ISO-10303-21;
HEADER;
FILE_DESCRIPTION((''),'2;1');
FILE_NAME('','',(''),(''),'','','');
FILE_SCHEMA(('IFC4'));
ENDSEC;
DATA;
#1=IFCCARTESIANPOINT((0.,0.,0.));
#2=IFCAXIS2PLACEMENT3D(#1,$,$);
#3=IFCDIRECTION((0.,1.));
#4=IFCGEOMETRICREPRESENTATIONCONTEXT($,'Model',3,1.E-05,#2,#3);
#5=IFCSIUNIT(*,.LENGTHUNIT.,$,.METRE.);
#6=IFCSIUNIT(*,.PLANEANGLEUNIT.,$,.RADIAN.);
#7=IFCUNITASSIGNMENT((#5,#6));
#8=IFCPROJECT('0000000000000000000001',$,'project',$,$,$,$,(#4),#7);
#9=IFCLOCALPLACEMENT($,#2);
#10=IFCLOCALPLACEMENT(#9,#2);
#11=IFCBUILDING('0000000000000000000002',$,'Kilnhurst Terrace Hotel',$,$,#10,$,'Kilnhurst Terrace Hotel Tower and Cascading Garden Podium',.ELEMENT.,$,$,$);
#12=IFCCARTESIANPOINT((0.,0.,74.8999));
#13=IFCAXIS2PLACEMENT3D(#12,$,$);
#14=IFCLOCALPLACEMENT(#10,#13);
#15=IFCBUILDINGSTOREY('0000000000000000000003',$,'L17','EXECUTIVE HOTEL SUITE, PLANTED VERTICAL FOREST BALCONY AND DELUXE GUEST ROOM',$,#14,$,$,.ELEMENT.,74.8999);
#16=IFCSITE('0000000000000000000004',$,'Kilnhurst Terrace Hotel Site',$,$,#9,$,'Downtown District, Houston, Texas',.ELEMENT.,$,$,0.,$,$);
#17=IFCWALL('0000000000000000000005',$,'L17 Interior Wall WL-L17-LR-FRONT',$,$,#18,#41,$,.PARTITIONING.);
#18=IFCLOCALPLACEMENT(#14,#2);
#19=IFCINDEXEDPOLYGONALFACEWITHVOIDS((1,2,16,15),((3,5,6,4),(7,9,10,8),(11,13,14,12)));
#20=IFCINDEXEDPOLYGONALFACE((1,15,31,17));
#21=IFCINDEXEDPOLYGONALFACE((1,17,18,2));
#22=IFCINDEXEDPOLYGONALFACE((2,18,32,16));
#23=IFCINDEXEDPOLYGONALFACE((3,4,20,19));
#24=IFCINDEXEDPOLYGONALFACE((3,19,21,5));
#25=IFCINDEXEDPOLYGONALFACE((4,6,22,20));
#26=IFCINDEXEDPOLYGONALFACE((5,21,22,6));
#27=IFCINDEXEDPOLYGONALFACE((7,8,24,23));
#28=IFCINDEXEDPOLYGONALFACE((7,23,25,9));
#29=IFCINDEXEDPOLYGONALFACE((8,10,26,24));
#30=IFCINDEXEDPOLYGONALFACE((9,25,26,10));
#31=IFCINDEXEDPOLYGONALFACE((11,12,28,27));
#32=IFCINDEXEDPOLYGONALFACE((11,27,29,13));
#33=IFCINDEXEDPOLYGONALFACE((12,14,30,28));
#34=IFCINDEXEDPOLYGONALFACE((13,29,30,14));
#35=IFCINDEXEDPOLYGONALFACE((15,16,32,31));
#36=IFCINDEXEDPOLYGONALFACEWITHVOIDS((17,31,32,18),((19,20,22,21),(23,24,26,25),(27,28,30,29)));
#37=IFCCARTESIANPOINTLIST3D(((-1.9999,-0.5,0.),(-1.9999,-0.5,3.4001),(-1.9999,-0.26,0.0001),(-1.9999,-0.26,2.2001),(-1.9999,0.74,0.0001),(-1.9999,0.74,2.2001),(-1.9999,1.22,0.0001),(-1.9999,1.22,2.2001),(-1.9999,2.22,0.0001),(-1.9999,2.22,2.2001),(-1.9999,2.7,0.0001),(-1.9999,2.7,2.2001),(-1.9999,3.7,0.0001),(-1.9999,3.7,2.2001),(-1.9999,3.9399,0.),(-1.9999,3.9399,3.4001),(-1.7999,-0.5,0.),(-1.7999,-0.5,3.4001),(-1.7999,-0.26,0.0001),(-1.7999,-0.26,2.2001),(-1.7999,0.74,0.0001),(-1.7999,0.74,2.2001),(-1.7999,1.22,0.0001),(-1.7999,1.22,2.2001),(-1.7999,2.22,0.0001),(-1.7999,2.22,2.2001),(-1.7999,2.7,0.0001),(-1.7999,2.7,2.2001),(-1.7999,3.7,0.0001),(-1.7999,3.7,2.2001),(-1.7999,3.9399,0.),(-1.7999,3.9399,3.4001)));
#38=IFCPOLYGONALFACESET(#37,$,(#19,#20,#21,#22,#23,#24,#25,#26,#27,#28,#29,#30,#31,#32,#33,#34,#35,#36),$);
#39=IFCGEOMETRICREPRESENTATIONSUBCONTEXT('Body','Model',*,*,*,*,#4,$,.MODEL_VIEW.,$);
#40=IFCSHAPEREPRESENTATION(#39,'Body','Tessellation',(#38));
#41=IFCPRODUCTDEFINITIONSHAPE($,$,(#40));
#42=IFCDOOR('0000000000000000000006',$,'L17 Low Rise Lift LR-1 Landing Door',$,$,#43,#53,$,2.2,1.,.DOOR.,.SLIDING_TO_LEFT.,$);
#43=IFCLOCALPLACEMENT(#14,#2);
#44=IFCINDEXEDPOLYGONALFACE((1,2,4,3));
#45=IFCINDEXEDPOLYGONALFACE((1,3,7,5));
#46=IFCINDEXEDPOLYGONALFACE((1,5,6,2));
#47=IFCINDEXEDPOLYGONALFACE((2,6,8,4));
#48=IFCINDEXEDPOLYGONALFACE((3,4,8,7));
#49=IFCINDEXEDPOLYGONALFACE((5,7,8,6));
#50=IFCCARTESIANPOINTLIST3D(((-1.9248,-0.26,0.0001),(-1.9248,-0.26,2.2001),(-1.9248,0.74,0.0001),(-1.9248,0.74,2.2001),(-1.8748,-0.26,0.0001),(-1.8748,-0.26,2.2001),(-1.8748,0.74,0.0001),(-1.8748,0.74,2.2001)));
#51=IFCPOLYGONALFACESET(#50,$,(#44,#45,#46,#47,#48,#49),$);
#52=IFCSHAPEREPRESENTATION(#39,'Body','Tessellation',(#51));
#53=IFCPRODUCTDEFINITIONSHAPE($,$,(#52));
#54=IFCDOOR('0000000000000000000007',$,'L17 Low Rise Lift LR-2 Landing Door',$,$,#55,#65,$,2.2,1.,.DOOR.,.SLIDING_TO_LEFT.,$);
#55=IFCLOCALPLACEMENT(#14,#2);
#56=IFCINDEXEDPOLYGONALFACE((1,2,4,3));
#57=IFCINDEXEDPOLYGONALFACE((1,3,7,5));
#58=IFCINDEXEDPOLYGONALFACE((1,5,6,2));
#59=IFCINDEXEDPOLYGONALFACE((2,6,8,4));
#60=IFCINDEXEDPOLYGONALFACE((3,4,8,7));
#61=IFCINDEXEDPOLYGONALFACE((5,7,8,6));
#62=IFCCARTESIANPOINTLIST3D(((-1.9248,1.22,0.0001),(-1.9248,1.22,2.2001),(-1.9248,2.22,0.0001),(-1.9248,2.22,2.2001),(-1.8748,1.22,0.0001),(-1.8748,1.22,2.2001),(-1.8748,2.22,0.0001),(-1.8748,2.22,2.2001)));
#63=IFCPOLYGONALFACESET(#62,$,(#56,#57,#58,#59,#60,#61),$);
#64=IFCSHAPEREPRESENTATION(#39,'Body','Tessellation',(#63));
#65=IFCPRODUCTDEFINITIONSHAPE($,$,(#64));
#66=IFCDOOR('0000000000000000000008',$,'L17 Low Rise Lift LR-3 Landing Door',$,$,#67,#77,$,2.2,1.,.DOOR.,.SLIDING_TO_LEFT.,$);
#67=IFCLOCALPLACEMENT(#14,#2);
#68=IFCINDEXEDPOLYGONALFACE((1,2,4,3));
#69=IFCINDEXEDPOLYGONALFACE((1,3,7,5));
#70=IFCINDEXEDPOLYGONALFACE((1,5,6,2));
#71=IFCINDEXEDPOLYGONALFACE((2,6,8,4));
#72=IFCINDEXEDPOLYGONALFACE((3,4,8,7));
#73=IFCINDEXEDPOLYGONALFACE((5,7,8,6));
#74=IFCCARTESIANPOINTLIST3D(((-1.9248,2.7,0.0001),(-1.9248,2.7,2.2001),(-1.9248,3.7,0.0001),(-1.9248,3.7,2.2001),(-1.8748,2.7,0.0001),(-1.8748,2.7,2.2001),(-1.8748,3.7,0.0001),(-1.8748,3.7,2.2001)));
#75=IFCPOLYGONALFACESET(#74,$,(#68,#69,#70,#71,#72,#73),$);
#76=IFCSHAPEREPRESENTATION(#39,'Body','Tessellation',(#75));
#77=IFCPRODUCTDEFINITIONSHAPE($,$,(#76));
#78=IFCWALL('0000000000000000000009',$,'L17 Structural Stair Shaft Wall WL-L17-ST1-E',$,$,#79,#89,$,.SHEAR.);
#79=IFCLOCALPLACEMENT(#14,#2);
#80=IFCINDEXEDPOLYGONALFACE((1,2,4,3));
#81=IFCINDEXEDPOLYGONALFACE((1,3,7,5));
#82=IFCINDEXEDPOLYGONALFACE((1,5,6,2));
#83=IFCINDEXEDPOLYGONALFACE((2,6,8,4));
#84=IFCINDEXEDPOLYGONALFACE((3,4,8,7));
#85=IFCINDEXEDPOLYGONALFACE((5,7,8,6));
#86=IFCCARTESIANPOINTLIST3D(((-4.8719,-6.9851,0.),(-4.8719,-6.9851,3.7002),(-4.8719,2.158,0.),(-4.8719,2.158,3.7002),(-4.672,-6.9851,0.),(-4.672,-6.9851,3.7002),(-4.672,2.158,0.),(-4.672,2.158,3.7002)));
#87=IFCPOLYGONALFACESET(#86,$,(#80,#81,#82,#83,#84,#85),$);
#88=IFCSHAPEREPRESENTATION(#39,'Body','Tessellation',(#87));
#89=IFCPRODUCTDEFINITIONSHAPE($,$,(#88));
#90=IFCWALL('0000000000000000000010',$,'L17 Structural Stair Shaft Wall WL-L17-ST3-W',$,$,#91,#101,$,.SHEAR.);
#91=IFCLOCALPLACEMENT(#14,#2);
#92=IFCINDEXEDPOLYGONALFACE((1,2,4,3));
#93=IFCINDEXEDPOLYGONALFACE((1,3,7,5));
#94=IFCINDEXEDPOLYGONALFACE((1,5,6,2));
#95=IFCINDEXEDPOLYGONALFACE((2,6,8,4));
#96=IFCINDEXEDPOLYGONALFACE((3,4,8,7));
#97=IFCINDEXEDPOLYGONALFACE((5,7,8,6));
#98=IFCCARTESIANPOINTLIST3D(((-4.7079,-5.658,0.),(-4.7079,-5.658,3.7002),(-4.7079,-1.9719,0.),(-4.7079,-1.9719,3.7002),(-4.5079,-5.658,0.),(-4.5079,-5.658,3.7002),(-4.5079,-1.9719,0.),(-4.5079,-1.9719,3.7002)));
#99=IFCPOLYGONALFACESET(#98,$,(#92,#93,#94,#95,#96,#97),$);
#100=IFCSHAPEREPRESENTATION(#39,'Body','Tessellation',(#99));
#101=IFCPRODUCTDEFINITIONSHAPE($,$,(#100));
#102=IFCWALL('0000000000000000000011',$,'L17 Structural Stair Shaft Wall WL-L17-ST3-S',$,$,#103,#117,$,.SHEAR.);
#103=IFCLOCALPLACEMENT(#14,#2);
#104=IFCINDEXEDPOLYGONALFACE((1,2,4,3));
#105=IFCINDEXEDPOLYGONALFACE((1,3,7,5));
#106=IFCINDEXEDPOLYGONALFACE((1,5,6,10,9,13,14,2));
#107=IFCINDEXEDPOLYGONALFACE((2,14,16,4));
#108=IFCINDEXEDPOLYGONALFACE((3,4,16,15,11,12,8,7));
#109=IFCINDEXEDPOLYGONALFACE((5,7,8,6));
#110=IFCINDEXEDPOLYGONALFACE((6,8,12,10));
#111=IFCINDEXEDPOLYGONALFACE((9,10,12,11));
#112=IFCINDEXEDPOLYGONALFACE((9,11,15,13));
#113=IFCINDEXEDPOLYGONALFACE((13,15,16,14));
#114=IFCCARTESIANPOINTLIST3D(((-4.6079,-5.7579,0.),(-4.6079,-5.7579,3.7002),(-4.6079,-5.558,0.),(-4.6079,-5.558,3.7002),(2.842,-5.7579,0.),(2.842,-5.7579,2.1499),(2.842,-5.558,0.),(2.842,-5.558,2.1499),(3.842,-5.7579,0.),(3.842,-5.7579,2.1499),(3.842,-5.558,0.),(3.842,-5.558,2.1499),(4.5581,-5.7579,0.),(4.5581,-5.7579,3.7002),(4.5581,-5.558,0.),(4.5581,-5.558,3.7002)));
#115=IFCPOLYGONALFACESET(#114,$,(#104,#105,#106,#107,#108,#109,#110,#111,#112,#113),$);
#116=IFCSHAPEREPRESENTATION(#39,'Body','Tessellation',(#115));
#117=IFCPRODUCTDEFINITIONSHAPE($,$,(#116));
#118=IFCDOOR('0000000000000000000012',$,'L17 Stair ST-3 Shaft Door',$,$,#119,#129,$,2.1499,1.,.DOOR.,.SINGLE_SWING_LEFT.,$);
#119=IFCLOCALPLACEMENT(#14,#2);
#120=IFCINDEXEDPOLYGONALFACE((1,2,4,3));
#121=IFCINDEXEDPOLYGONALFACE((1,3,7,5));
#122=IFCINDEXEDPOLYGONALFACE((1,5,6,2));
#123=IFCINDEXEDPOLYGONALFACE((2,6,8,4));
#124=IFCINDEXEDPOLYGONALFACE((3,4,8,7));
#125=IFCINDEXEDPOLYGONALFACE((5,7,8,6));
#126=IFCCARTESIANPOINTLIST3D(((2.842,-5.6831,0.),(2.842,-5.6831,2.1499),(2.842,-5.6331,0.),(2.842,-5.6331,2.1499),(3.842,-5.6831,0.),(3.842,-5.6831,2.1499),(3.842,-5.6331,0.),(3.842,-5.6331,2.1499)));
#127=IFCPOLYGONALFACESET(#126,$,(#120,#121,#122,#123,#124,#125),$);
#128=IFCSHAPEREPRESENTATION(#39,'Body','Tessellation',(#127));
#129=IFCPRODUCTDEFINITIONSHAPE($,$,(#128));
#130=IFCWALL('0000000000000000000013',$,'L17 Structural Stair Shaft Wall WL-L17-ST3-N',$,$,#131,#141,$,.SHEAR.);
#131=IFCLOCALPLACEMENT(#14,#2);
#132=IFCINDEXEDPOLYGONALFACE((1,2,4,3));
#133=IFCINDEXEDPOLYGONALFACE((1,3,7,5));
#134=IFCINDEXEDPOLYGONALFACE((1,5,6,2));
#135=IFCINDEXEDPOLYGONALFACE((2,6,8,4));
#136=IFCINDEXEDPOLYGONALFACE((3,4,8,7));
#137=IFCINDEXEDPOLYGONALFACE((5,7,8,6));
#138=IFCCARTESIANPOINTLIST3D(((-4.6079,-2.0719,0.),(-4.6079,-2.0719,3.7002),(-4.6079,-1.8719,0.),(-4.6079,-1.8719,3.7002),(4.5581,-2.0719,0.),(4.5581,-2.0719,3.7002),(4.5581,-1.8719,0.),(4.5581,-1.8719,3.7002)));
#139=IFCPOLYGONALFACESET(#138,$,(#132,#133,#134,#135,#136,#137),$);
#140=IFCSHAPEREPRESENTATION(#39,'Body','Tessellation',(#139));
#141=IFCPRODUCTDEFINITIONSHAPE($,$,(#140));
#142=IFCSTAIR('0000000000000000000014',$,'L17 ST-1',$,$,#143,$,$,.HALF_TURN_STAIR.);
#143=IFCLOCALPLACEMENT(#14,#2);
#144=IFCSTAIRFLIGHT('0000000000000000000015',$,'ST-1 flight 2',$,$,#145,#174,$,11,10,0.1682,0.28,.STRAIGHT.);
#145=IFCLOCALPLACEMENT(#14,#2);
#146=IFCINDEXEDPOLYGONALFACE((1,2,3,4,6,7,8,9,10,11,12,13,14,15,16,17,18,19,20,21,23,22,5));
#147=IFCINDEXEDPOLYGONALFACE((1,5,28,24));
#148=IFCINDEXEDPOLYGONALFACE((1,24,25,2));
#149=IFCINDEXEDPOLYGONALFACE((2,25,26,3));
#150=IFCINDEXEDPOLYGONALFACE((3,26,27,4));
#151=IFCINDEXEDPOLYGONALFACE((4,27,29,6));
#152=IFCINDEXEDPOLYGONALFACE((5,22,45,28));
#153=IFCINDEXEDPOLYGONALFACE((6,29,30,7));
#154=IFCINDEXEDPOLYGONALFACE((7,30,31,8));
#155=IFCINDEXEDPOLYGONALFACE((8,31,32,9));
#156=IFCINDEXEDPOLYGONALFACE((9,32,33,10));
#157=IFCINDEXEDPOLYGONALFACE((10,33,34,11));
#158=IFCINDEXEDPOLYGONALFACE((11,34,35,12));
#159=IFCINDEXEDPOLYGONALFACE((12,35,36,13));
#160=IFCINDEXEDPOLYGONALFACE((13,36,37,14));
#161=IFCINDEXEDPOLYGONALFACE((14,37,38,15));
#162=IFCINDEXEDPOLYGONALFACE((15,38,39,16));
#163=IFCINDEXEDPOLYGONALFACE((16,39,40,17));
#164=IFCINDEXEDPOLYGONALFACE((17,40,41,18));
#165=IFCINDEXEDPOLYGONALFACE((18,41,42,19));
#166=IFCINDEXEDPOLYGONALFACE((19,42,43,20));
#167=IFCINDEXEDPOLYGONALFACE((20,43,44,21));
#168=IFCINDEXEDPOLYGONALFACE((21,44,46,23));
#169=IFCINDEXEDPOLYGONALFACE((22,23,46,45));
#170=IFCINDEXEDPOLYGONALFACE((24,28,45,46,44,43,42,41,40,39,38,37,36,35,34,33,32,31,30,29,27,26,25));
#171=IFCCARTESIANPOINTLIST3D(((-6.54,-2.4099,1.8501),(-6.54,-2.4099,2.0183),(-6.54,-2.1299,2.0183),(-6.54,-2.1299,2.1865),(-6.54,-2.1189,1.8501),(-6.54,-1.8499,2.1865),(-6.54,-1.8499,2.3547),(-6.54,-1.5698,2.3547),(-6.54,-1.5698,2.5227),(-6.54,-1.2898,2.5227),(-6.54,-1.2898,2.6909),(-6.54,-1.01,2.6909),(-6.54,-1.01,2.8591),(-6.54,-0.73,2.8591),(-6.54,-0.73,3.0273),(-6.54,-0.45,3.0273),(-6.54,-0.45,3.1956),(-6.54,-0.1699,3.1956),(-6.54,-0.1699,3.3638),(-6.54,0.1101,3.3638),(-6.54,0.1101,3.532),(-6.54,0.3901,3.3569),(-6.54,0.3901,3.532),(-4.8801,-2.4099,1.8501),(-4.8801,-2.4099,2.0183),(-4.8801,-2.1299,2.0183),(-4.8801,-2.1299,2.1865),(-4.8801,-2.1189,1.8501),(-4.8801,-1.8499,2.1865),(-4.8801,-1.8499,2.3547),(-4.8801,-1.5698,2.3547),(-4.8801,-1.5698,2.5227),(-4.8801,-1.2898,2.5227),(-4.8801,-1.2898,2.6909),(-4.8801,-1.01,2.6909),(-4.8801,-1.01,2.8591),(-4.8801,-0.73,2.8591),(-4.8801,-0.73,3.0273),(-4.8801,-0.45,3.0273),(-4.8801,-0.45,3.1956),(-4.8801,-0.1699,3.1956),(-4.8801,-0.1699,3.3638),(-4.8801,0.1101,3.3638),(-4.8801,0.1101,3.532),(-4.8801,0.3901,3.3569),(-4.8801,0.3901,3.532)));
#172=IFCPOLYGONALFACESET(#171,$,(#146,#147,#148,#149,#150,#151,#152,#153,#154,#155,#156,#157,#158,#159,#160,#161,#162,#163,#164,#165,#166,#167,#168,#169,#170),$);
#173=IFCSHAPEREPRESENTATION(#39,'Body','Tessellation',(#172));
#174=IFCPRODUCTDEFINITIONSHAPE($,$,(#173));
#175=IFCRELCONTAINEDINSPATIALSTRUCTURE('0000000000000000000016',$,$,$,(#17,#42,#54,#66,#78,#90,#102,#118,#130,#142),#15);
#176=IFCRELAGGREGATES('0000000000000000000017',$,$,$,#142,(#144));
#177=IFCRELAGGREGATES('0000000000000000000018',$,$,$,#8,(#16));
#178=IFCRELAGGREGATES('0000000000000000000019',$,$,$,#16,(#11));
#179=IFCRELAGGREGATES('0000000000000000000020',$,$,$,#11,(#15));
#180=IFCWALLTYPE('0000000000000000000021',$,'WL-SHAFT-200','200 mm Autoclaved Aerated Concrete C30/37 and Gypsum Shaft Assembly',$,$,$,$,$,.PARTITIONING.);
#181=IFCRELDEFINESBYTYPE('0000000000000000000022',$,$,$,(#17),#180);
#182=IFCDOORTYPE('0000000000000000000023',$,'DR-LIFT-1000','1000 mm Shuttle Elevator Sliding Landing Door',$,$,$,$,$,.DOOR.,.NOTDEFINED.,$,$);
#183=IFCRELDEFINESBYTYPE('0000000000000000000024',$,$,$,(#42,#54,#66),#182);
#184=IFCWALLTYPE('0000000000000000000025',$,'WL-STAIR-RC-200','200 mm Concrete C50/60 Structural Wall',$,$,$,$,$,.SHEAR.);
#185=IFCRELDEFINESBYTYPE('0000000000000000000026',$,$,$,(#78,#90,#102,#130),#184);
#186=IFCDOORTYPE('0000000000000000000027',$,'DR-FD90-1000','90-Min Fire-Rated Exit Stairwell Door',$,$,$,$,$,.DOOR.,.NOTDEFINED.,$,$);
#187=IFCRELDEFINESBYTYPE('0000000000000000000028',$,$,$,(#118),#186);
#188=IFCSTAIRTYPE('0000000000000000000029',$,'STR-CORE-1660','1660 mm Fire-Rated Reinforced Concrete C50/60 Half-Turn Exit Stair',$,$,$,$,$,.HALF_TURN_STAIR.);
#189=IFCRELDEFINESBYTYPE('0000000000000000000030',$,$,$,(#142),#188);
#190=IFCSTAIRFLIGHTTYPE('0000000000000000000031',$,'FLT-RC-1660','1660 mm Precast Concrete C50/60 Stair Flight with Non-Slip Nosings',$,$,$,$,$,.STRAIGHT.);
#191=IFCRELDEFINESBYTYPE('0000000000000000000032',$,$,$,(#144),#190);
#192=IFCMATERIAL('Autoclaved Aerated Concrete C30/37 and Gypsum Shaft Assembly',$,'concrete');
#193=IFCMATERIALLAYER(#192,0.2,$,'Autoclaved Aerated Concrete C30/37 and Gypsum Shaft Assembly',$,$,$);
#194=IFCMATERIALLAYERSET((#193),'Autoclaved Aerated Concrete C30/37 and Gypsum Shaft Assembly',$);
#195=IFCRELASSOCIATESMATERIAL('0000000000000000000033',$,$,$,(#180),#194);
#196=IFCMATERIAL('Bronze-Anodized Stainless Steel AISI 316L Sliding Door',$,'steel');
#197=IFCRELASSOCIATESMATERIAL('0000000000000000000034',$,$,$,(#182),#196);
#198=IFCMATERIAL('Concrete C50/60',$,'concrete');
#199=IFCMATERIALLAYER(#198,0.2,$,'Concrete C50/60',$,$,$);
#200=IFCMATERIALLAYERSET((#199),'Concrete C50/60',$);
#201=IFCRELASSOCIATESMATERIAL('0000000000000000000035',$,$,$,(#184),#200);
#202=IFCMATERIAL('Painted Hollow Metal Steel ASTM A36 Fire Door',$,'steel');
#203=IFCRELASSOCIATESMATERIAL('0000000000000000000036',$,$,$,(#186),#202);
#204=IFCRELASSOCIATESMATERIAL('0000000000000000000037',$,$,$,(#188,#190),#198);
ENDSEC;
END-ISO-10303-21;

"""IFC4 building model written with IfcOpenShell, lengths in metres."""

from ifc_helpers import new_model, si_unit, direction, frame, frame_2d, origin, place, context, subcontext, project, spatial, polyline, rectangle, outline, extrude, material, layer, layer_set, type_object, element, fill, aggregate, save


model = new_model("IFC4")

# Units and contexts
model_context = context("Model", 3, precision=1e-05, world=origin(), true_north=direction((0.0, 1.0)))
body_context = subcontext(model_context, "Body", "Model", "MODEL_VIEW")
ifc_project = project(units=[si_unit("LENGTHUNIT", "METRE"), si_unit("PLANEANGLEUNIT", "RADIAN")], contexts=[model_context])

# Site, building, storey
site_placement = place(None, origin())
site = spatial("IfcSite", under=ifc_project, at=site_placement, Name="Kilnhurst Terrace Hotel Site", LongName="Downtown District, Houston, Texas", CompositionType="ELEMENT", RefElevation=0.0)
building_placement = place(site_placement, origin())
building = spatial("IfcBuilding", under=site, at=building_placement, Name="Kilnhurst Terrace Hotel", LongName="Kilnhurst Terrace Hotel Tower and Cascading Garden Podium", CompositionType="ELEMENT")
storey_placement = place(building_placement, frame((0.0, 0.0, 74.8999)))
storey = spatial("IfcBuildingStorey", under=building, at=storey_placement, Name="L17", Description="EXECUTIVE HOTEL SUITE, PLANTED VERTICAL FOREST BALCONY AND DELUXE GUEST ROOM", CompositionType="ELEMENT", Elevation=74.8999)

# Shared definitions
ifc_material_1 = material(Name="Concrete C50/60", Category="concrete")

# Shared definitions
ifc_material_2 = material(Name="Autoclaved Aerated Concrete C30/37 and Gypsum Shaft Assembly", Category="concrete")
ifc_layer_1 = layer(ifc_material_2, 0.2, Name="Autoclaved Aerated Concrete C30/37 and Gypsum Shaft Assembly")
ifc_layer_set_1 = layer_set([ifc_layer_1], Name="Autoclaved Aerated Concrete C30/37 and Gypsum Shaft Assembly")
wall_type_1 = type_object("IfcWallType", Name="WL-SHAFT-200", Description="200 mm Autoclaved Aerated Concrete C30/37 and Gypsum Shaft Assembly", PredefinedType="PARTITIONING", material=ifc_layer_set_1)
ifc_material_3 = material(Name="Bronze-Anodized Stainless Steel AISI 316L Sliding Door", Category="steel")
door_type_1 = type_object("IfcDoorType", Name="DR-LIFT-1000", Description="1000 mm Shuttle Elevator Sliding Landing Door", OperationType="NOTDEFINED", PredefinedType="DOOR", material=ifc_material_3)

# Wall, openings, doors
wall_1_placement = place(storey_placement, frame((-1.8999, -0.5, 0.0), z_axis=(0.0, 0.0, 1.0), x_axis=(0.0, 1.0, 0.0)))
wall_1 = element("IfcWall", 1, at=wall_1_placement, inside=storey, type_object=wall_type_1, Name="L17 Interior Wall WL-L17-LR-FRONT", PredefinedType="PARTITIONING", context=body_context, shape_type="SweptSolid", body=[
    extrude(rectangle(XDim=4.4399, YDim=0.2, at=frame_2d((2.22, 0.0))), origin(), (0.0, 0.0, 1.0), 3.4001),
])
opening_1_placement = place(wall_1_placement, frame((0.24, 0.0, 0.0)))
opening_1 = element("IfcOpeningElement", 2, at=opening_1_placement, cuts=wall_1, PredefinedType="OPENING", context=body_context, shape_type="SweptSolid", body=[
    extrude(rectangle(XDim=1.0, YDim=2.2, at=frame_2d((0.5, 1.1001))), frame((0.0, 0.1099, 0.0), z_axis=(0.0, -1.0, 0.0), x_axis=(1.0, 0.0, 0.0)), (0.0, 0.0, 1.0), 0.22),
])
opening_2_placement = place(wall_1_placement, frame((1.72, 0.0, 0.0)))
opening_2 = element("IfcOpeningElement", 3, at=opening_2_placement, cuts=wall_1, PredefinedType="OPENING", context=body_context, shape_type="SweptSolid", body=[
    extrude(rectangle(XDim=1.0, YDim=2.2, at=frame_2d((0.5, 1.1001))), frame((0.0, 0.1099, 0.0), z_axis=(0.0, -1.0, 0.0), x_axis=(1.0, 0.0, 0.0)), (0.0, 0.0, 1.0), 0.22),
])
opening_3_placement = place(wall_1_placement, frame((3.2, 0.0, 0.0)))
opening_3 = element("IfcOpeningElement", 4, at=opening_3_placement, cuts=wall_1, PredefinedType="OPENING", context=body_context, shape_type="SweptSolid", body=[
    extrude(rectangle(XDim=1.0, YDim=2.2, at=frame_2d((0.5, 1.1001))), frame((0.0, 0.1099, 0.0), z_axis=(0.0, -1.0, 0.0), x_axis=(1.0, 0.0, 0.0)), (0.0, 0.0, 1.0), 0.22),
])
door_1_placement = place(opening_1_placement, origin())
door_1 = element("IfcDoor", 5, at=door_1_placement, inside=storey, type_object=door_type_1, Name="L17 Low Rise Lift LR-1 Landing Door", OperationType="SLIDING_TO_LEFT", OverallHeight=2.2, OverallWidth=1.0, PredefinedType="DOOR", context=body_context, shape_type="SweptSolid", body=[
    extrude(rectangle(XDim=1.0, YDim=2.2, at=frame_2d((0.5, 1.1001))), frame((0.0, 0.0249, 0.0), z_axis=(0.0, -1.0, 0.0), x_axis=(1.0, 0.0, 0.0)), (0.0, 0.0, 1.0), 0.05),
])
fill(opening_1, door_1)
door_2_placement = place(opening_2_placement, origin())
door_2 = element("IfcDoor", 6, at=door_2_placement, inside=storey, type_object=door_type_1, Name="L17 Low Rise Lift LR-2 Landing Door", OperationType="SLIDING_TO_LEFT", OverallHeight=2.2, OverallWidth=1.0, PredefinedType="DOOR", context=body_context, shape_type="SweptSolid", body=[
    extrude(rectangle(XDim=1.0, YDim=2.2, at=frame_2d((0.5, 1.1001))), frame((0.0, 0.0249, 0.0), z_axis=(0.0, -1.0, 0.0), x_axis=(1.0, 0.0, 0.0)), (0.0, 0.0, 1.0), 0.05),
])
fill(opening_2, door_2)
door_3_placement = place(opening_3_placement, origin())
door_3 = element("IfcDoor", 7, at=door_3_placement, inside=storey, type_object=door_type_1, Name="L17 Low Rise Lift LR-3 Landing Door", OperationType="SLIDING_TO_LEFT", OverallHeight=2.2, OverallWidth=1.0, PredefinedType="DOOR", context=body_context, shape_type="SweptSolid", body=[
    extrude(rectangle(XDim=1.0, YDim=2.2, at=frame_2d((0.5, 1.1001))), frame((0.0, 0.0249, 0.0), z_axis=(0.0, -1.0, 0.0), x_axis=(1.0, 0.0, 0.0)), (0.0, 0.0, 1.0), 0.05),
])
fill(opening_3, door_3)

# Walls
ifc_layer_2 = layer(ifc_material_1, 0.2, Name="Concrete C50/60")
ifc_layer_set_2 = layer_set([ifc_layer_2], Name="Concrete C50/60")
wall_type_2 = type_object("IfcWallType", Name="WL-STAIR-RC-200", Description="200 mm Concrete C50/60 Structural Wall", PredefinedType="SHEAR", material=ifc_layer_set_2)
wall_2_placement = place(storey_placement, frame((-4.772, -6.9851, 0.0), z_axis=(0.0, 0.0, 1.0), x_axis=(0.0, 1.0, 0.0)))
element("IfcWall", 8, at=wall_2_placement, inside=storey, type_object=wall_type_2, Name="L17 Structural Stair Shaft Wall WL-L17-ST1-E", PredefinedType="SHEAR", context=body_context, shape_type="SweptSolid", body=[
    extrude(rectangle(XDim=9.1431, YDim=0.2, at=frame_2d((4.5715, 0.0))), origin(), (0.0, 0.0, 1.0), 3.7002),
])
wall_3_placement = place(storey_placement, frame((-4.6079, -5.658, 0.0), z_axis=(0.0, 0.0, 1.0), x_axis=(0.0, 1.0, 0.0)))
element("IfcWall", 9, at=wall_3_placement, inside=storey, type_object=wall_type_2, Name="L17 Structural Stair Shaft Wall WL-L17-ST3-W", PredefinedType="SHEAR", context=body_context, shape_type="SweptSolid", body=[
    extrude(rectangle(XDim=3.686, YDim=0.2, at=frame_2d((1.843, 0.0))), origin(), (0.0, 0.0, 1.0), 3.7002),
])

# Wall, opening, door
wall_4_placement = place(storey_placement, frame((-4.6079, -5.658, 0.0), z_axis=(0.0, 0.0, 1.0), x_axis=(1.0, 0.0, 0.0)))
wall_4 = element("IfcWall", 10, at=wall_4_placement, inside=storey, type_object=wall_type_2, Name="L17 Structural Stair Shaft Wall WL-L17-ST3-S", PredefinedType="SHEAR", context=body_context, shape_type="SweptSolid", body=[
    extrude(rectangle(XDim=9.166, YDim=0.2, at=frame_2d((4.583, 0.0))), origin(), (0.0, 0.0, 1.0), 3.7002),
])
opening_4_placement = place(wall_4_placement, frame((7.45, 0.0, 0.0)))
opening_4 = element("IfcOpeningElement", 11, at=opening_4_placement, cuts=wall_4, PredefinedType="OPENING", context=body_context, shape_type="SweptSolid", body=[
    extrude(rectangle(XDim=1.0, YDim=2.1499, at=frame_2d((0.5, 1.075))), frame((0.0, 0.1099, 0.0), z_axis=(0.0, -1.0, 0.0), x_axis=(1.0, 0.0, 0.0)), (0.0, 0.0, 1.0), 0.22),
])
ifc_material_4 = material(Name="Painted Hollow Metal Steel ASTM A36 Fire Door", Category="steel")
door_type_2 = type_object("IfcDoorType", Name="DR-FD90-1000", Description="90-Min Fire-Rated Exit Stairwell Door", OperationType="NOTDEFINED", PredefinedType="DOOR", material=ifc_material_4)
door_4_placement = place(opening_4_placement, origin())
door_4 = element("IfcDoor", 12, at=door_4_placement, inside=storey, type_object=door_type_2, Name="L17 Stair ST-3 Shaft Door", OperationType="SINGLE_SWING_LEFT", OverallHeight=2.1499, OverallWidth=1.0, PredefinedType="DOOR", context=body_context, shape_type="SweptSolid", body=[
    extrude(rectangle(XDim=1.0, YDim=2.1499, at=frame_2d((0.5, 1.075))), frame((0.0, 0.0249, 0.0), z_axis=(0.0, -1.0, 0.0), x_axis=(1.0, 0.0, 0.0)), (0.0, 0.0, 1.0), 0.05),
])
fill(opening_4, door_4)

# Wall
wall_5_placement = place(storey_placement, frame((-4.6079, -1.9719, 0.0), z_axis=(0.0, 0.0, 1.0), x_axis=(1.0, 0.0, 0.0)))
element("IfcWall", 13, at=wall_5_placement, inside=storey, type_object=wall_type_2, Name="L17 Structural Stair Shaft Wall WL-L17-ST3-N", PredefinedType="SHEAR", context=body_context, shape_type="SweptSolid", body=[
    extrude(rectangle(XDim=9.166, YDim=0.2, at=frame_2d((4.583, 0.0))), origin(), (0.0, 0.0, 1.0), 3.7002),
])

# Stair, stair flight
stair_type = type_object("IfcStairType", Name="STR-CORE-1660", Description="1660 mm Fire-Rated Reinforced Concrete C50/60 Half-Turn Exit Stair", PredefinedType="HALF_TURN_STAIR", material=ifc_material_1)
stair_placement = place(storey_placement, origin())
stair = element("IfcStair", 14, at=stair_placement, inside=storey, type_object=stair_type, Name="L17 ST-1", PredefinedType="HALF_TURN_STAIR")
stair_flight_type = type_object("IfcStairFlightType", Name="FLT-RC-1660", Description="1660 mm Precast Concrete C50/60 Stair Flight with Non-Slip Nosings", PredefinedType="STRAIGHT", material=ifc_material_1)
stair_flight_placement = place(storey_placement, frame((-5.71, -2.4099, 1.8501), z_axis=(0.0, 0.0, 1.0), x_axis=(0.0, 1.0, 0.0)))
stair_flight = element("IfcStairFlight", 15, at=stair_flight_placement, type_object=stair_flight_type, Name="ST-1 flight 2", NumberOfRisers=11, NumberOfTreads=10, PredefinedType="STRAIGHT", RiserHeight=0.1682, TreadLength=0.28, context=body_context, shape_type="SweptSolid", body=[
    extrude(outline(polyline([(0.0, 0.0), (0.0, 0.1682), (0.28, 0.1682), (0.28, 0.3364), (0.5601, 0.3364), (0.5601, 0.5046), (0.8401, 0.5046), (0.8401, 0.6726), (1.1201, 0.6726), (1.1201, 0.8408), (1.3999, 0.8408), (1.3999, 1.009), (1.6799, 1.009), (1.6799, 1.1772), (1.96, 1.1772), (1.96, 1.3455), (2.24, 1.3455), (2.24, 1.5137), (2.52, 1.5137), (2.52, 1.6819), (2.8, 1.6819), (2.8, 1.8501), (2.8, 1.5068), (0.291, 0.0), (0.0, 0.0)])), frame((0.0, 0.8301, 0.0), z_axis=(0.0, -1.0, 0.0), x_axis=(1.0, 0.0, 0.0)), (0.0, 0.0, 1.0), 1.6599),
])
aggregate(stair, [stair_flight])

save(model, "model.ifc")
